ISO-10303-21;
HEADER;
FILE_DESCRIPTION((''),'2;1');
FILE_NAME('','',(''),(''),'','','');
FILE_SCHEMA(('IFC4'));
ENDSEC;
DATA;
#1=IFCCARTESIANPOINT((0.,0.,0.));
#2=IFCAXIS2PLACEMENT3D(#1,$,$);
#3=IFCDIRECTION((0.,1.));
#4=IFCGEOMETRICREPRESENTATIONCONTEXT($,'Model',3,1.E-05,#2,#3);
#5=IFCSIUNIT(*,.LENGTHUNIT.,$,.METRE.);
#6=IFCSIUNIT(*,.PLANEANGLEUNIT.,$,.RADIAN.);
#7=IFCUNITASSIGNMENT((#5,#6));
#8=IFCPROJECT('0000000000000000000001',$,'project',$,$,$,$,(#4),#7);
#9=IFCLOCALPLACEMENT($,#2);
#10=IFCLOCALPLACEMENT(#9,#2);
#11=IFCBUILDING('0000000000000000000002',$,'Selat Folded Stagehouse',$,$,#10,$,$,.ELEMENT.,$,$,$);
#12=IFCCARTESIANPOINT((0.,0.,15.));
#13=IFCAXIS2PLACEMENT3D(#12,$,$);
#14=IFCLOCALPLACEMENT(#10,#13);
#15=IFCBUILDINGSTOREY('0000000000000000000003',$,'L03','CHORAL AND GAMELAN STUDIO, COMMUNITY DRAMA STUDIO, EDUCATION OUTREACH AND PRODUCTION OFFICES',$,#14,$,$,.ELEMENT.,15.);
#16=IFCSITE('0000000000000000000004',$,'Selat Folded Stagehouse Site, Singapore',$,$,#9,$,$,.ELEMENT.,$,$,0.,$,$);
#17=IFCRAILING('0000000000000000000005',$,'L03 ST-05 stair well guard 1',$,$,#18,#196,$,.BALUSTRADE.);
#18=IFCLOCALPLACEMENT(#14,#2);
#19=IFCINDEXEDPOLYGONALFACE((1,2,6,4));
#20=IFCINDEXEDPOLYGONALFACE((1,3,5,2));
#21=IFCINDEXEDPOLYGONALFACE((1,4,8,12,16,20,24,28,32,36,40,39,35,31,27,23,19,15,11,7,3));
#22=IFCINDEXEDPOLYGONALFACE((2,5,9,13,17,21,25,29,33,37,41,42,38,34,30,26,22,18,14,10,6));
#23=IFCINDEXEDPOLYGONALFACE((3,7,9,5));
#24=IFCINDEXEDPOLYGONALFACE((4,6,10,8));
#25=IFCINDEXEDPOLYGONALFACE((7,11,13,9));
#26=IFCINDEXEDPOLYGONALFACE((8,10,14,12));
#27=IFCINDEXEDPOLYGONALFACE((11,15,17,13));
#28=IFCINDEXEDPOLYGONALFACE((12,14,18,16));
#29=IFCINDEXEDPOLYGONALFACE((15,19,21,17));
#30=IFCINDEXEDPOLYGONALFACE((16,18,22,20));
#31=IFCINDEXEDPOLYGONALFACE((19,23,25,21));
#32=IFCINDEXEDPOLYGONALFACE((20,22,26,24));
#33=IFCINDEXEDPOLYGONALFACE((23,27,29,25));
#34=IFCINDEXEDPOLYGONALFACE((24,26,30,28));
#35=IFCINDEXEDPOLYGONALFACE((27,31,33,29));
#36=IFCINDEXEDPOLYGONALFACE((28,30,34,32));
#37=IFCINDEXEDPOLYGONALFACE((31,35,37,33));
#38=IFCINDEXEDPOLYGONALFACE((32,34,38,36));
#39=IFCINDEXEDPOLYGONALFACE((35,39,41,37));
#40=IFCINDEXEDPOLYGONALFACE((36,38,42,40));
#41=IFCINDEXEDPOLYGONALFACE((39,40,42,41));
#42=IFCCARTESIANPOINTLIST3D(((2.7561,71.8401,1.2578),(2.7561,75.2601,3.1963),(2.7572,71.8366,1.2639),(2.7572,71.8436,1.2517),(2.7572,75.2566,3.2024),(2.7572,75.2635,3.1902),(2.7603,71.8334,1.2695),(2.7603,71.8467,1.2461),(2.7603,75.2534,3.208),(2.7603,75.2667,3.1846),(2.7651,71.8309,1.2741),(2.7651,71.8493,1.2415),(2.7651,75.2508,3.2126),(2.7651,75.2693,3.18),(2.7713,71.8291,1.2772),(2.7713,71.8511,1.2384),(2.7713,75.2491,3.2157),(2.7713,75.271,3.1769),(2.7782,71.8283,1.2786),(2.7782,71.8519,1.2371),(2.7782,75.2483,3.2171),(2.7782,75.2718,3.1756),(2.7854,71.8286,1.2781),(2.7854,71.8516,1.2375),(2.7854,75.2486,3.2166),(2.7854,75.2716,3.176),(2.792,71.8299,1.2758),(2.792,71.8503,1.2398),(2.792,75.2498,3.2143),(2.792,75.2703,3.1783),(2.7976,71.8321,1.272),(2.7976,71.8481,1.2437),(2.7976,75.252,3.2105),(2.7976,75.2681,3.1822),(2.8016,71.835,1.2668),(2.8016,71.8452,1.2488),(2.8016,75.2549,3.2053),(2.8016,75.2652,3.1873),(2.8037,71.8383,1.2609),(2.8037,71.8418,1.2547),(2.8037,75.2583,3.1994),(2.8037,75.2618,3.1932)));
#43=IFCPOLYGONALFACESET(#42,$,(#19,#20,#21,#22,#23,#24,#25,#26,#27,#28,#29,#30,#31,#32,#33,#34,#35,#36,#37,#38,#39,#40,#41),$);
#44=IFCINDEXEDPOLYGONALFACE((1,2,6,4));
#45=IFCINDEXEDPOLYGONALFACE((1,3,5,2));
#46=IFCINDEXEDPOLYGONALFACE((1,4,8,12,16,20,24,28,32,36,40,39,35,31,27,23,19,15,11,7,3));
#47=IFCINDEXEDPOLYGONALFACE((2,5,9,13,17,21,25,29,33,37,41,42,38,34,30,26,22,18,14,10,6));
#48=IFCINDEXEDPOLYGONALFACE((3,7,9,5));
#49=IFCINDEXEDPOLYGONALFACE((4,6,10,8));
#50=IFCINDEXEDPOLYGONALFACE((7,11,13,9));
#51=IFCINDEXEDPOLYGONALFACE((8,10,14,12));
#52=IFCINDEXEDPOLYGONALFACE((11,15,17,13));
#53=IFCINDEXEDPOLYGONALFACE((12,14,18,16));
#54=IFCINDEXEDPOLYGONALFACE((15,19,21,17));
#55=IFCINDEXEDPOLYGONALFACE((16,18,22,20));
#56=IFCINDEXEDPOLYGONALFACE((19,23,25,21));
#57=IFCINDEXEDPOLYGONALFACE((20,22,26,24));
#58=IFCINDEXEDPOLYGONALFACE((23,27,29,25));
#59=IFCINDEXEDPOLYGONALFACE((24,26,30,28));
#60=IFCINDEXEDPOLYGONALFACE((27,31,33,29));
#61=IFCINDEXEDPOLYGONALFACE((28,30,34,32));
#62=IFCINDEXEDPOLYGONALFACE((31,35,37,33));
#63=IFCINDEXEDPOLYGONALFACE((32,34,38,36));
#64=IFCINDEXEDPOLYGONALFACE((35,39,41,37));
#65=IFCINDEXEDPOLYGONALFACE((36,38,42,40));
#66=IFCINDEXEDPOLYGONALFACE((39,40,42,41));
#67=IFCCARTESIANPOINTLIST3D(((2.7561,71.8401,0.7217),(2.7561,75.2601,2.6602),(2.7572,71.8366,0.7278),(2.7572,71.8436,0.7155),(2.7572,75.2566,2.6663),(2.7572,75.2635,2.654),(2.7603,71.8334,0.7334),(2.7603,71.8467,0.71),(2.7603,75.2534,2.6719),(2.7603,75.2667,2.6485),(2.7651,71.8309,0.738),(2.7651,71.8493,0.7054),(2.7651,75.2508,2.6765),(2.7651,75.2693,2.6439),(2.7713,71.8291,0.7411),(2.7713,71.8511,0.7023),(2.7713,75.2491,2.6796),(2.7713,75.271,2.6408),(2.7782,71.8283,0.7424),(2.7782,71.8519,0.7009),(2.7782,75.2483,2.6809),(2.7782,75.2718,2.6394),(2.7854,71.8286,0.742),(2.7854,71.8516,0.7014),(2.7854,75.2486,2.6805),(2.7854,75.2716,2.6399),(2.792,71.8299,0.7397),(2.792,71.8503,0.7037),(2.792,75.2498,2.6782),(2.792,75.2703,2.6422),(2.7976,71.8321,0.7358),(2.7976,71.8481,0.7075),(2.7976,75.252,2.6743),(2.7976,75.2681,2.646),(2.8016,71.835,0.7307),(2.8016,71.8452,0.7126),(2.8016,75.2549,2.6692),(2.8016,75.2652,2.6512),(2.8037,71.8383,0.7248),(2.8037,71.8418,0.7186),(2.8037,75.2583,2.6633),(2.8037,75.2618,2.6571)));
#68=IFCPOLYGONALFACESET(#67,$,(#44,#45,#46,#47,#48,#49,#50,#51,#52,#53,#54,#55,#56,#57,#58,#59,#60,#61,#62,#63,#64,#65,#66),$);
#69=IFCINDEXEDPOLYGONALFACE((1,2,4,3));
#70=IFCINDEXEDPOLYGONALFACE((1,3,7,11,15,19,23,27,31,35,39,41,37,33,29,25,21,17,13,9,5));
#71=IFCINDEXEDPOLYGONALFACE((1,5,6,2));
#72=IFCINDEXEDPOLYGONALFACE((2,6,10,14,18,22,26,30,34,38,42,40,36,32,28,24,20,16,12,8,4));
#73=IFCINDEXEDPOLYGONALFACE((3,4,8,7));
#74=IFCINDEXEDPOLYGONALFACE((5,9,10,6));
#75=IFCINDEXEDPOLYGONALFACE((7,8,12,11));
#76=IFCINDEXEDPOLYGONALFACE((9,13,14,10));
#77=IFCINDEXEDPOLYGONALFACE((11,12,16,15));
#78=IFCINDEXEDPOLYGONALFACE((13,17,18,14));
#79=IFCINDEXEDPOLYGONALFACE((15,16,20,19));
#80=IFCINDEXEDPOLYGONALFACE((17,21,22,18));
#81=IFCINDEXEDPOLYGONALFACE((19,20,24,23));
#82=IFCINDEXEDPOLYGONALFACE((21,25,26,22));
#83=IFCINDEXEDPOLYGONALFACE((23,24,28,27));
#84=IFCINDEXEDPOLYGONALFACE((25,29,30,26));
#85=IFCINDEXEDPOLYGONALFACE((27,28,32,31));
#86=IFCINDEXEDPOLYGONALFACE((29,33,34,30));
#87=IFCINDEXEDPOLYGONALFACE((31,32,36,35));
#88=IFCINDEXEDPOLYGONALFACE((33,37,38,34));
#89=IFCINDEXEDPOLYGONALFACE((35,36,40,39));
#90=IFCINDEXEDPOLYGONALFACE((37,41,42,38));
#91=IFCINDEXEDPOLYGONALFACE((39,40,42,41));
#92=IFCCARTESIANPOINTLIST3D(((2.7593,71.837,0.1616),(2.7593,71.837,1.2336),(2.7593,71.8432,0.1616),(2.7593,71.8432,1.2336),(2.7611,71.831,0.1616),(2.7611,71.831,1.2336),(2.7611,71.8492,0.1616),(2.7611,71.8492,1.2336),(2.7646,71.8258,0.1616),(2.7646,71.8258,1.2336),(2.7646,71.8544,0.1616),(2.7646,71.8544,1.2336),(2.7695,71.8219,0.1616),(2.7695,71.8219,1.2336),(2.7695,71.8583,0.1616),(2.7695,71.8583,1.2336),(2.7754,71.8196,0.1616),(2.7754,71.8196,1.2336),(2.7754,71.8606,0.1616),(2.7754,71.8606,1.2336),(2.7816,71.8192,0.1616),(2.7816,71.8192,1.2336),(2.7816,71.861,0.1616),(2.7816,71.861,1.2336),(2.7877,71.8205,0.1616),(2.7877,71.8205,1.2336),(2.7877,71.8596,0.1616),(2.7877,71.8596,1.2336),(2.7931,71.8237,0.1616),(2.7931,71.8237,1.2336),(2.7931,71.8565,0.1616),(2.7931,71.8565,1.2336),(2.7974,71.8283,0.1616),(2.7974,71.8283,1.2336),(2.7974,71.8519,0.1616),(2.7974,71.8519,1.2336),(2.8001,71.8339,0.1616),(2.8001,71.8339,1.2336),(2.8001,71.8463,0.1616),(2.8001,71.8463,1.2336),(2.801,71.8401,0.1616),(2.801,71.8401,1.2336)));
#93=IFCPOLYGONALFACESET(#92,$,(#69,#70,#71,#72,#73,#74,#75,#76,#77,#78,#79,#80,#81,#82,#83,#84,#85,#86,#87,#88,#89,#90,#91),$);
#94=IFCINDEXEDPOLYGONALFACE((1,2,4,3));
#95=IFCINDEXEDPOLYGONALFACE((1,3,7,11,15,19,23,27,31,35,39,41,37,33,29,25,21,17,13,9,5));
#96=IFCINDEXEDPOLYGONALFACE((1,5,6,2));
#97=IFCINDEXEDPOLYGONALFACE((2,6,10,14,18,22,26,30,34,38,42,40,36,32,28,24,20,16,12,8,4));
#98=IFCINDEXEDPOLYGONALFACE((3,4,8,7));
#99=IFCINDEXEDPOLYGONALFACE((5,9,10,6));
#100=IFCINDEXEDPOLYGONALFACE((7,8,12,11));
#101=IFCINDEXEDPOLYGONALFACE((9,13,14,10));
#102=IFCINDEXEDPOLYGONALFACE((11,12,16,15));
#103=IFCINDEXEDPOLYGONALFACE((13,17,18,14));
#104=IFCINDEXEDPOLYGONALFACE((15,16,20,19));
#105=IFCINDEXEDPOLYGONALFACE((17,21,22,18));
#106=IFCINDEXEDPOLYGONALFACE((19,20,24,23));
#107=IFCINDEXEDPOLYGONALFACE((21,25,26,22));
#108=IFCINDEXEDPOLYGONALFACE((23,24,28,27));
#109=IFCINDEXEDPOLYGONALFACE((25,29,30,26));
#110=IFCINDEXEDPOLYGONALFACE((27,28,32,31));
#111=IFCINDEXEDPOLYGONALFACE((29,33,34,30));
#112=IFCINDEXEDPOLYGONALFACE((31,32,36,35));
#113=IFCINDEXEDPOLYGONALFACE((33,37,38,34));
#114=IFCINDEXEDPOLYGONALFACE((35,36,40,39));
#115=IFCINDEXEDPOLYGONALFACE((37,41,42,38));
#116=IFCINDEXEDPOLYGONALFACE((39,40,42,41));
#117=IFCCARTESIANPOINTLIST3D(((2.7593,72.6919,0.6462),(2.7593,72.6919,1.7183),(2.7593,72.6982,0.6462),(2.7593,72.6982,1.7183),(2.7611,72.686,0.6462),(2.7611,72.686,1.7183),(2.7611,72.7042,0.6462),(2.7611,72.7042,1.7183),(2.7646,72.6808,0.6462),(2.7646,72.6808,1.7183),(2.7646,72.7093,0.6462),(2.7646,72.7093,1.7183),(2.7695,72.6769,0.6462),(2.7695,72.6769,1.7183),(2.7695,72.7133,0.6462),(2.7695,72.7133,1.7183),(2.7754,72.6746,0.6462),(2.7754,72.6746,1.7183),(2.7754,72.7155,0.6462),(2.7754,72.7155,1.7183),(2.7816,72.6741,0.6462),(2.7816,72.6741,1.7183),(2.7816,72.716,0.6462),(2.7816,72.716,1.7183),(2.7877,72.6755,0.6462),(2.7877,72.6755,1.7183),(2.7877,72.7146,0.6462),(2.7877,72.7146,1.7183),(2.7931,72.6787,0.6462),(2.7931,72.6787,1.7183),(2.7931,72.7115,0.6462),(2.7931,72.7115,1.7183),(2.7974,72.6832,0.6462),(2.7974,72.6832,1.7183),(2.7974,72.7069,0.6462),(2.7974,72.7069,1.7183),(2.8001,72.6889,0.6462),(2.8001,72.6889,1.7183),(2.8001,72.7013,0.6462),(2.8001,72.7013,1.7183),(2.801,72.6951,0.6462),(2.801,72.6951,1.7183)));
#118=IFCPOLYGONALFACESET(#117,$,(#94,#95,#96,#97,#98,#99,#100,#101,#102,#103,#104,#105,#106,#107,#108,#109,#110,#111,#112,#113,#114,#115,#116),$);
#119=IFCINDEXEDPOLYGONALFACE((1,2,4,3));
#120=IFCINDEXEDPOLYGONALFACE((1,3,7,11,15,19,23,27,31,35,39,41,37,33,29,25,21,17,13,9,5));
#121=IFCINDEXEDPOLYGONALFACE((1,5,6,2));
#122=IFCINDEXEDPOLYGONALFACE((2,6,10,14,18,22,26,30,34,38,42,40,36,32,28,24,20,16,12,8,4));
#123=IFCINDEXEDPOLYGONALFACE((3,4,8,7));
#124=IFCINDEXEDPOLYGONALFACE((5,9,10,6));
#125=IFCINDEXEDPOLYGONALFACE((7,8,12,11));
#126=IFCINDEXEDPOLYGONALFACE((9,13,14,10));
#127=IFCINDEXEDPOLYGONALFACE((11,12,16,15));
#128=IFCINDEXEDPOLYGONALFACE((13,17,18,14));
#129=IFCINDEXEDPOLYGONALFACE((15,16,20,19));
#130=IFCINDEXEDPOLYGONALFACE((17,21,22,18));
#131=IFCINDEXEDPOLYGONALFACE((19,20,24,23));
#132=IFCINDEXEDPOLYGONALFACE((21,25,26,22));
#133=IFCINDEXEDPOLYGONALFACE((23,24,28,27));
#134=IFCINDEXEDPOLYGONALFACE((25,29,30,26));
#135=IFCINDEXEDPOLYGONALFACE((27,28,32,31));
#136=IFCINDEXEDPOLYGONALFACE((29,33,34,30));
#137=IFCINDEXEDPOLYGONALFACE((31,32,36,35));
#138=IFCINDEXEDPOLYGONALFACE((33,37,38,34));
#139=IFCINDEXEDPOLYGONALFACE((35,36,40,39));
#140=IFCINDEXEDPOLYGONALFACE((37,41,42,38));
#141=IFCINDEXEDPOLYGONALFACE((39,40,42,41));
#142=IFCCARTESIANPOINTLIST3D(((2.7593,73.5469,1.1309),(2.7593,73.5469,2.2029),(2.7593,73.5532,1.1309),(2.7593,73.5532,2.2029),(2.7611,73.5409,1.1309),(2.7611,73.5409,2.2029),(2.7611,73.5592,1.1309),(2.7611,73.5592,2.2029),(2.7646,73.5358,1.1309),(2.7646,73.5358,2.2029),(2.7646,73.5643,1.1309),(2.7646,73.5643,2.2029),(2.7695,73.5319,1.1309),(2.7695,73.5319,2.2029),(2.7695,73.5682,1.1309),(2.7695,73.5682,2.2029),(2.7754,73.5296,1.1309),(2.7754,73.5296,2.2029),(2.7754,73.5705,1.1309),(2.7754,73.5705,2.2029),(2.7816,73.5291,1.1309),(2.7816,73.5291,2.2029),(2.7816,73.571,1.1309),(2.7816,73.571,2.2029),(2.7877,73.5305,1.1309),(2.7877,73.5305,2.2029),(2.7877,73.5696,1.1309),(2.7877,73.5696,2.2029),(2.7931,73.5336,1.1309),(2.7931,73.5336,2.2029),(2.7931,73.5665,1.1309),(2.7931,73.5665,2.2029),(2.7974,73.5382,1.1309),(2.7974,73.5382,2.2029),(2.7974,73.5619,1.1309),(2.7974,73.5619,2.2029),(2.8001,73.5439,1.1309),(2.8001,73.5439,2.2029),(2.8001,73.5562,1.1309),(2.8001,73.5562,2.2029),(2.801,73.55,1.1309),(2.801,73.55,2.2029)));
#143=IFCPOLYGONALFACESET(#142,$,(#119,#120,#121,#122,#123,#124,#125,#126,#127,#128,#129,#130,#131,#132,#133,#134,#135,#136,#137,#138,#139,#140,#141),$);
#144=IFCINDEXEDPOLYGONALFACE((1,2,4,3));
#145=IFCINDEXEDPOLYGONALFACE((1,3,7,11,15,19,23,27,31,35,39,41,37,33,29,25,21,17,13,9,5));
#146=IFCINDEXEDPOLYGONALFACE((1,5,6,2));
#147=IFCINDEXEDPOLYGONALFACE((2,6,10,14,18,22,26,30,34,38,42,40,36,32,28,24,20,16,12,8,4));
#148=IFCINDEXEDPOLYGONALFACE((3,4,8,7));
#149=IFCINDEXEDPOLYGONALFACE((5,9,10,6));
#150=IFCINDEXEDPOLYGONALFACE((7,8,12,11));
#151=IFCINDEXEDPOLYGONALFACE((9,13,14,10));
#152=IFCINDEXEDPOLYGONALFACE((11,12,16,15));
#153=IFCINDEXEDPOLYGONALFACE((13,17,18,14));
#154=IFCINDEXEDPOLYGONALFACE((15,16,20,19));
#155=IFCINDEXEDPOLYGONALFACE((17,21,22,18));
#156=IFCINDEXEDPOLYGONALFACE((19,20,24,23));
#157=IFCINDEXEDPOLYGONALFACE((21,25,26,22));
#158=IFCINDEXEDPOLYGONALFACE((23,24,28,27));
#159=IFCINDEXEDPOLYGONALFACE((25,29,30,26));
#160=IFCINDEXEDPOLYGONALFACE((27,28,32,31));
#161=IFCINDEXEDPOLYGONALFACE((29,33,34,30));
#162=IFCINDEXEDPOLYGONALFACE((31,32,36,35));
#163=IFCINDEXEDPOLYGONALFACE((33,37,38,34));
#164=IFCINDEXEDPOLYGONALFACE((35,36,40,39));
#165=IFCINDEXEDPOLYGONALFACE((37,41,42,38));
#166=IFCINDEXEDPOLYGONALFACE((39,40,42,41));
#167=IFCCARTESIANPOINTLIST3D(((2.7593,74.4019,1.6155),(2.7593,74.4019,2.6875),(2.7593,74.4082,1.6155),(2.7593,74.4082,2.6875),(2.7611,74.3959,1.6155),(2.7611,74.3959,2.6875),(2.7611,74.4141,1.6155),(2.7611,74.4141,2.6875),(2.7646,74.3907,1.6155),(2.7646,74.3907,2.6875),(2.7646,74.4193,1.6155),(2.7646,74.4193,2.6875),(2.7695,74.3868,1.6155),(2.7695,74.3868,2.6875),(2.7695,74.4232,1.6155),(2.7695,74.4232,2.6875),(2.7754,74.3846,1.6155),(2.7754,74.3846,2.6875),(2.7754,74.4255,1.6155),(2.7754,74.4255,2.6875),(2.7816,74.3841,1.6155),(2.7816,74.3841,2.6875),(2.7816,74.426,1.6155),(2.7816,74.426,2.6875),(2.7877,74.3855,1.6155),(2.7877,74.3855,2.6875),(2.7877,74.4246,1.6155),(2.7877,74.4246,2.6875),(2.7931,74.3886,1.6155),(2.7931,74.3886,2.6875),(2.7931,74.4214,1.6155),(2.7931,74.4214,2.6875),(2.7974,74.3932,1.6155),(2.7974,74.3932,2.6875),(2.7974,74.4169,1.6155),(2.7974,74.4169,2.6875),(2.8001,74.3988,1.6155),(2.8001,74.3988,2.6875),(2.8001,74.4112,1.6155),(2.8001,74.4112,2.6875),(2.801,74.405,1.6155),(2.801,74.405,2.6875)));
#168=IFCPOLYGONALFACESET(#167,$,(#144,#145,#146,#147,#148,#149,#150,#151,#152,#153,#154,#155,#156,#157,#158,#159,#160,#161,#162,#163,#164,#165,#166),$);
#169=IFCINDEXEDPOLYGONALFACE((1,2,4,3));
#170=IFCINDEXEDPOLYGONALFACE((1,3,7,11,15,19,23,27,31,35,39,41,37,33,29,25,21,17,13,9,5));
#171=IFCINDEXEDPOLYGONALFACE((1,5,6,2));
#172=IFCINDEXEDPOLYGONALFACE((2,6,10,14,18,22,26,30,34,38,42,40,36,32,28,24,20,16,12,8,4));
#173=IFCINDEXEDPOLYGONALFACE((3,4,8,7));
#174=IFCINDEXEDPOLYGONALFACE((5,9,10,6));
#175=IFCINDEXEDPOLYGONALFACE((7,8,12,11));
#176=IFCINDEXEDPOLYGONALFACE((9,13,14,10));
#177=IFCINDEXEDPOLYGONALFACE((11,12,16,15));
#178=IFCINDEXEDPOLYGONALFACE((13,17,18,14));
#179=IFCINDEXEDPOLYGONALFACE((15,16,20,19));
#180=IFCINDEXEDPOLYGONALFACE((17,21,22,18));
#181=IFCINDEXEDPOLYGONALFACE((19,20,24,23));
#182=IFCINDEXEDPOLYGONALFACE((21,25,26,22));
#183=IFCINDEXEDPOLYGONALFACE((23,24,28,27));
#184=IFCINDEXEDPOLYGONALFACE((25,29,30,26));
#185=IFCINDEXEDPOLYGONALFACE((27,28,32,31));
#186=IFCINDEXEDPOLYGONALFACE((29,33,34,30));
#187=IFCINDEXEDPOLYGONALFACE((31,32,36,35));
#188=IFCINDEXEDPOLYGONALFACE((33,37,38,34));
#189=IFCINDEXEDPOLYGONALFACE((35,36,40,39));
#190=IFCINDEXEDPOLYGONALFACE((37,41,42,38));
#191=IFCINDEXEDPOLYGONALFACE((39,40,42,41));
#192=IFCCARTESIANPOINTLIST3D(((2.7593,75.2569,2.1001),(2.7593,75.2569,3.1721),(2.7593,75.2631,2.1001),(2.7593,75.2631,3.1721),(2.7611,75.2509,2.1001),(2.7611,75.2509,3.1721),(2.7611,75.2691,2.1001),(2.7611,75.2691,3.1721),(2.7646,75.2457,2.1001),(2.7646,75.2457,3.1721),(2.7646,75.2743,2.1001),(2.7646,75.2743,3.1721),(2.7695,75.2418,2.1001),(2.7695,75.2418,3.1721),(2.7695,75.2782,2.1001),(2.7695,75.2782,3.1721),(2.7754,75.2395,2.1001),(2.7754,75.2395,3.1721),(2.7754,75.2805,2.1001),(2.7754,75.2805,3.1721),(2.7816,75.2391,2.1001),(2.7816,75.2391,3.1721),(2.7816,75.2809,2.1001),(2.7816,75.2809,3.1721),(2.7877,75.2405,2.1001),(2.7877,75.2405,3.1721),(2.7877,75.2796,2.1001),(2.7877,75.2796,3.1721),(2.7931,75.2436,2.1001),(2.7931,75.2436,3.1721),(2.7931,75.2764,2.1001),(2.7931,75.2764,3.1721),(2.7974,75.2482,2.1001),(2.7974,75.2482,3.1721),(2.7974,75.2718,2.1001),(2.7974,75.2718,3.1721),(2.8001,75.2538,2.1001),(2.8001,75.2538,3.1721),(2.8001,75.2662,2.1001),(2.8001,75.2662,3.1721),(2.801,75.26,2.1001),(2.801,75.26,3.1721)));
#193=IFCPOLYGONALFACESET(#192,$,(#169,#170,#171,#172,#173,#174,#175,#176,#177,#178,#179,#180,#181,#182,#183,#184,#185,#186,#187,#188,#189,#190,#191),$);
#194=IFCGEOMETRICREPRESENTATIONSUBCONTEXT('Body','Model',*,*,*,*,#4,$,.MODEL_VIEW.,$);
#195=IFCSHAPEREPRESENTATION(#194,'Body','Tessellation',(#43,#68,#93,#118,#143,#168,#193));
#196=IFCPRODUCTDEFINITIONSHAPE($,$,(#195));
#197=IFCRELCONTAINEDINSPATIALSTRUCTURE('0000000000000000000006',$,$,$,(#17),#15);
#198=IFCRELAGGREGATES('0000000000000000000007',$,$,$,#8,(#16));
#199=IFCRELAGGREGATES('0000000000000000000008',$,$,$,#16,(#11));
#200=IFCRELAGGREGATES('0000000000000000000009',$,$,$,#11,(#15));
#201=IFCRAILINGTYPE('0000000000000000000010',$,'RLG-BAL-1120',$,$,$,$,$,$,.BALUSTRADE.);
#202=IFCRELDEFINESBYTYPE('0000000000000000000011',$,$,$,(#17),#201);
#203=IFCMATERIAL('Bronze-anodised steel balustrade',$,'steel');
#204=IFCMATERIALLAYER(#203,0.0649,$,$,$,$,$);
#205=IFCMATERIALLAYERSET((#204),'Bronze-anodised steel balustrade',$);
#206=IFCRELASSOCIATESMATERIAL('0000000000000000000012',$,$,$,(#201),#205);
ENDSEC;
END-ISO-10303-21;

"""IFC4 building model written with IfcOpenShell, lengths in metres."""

from ifc_helpers import new_model, si_unit, direction, frame, origin, origin_2d, place, context, subcontext, project, spatial, circle, extrude, material, layer, layer_set, type_object, element, save


model = new_model("IFC4")

# Units and contexts
model_context = context("Model", 3, precision=1e-05, world=origin(), true_north=direction((0.0, 1.0)))
body_context = subcontext(model_context, "Body", "Model", "MODEL_VIEW")
ifc_project = project(units=[si_unit("LENGTHUNIT", "METRE"), si_unit("PLANEANGLEUNIT", "RADIAN")], contexts=[model_context])

# Site, building, storey
site_placement = place(None, origin())
site = spatial("IfcSite", under=ifc_project, at=site_placement, Name="Selat Folded Stagehouse Site, Singapore", CompositionType="ELEMENT", RefElevation=0.0)
building_placement = place(site_placement, origin())
building = spatial("IfcBuilding", under=site, at=building_placement, Name="Selat Folded Stagehouse", CompositionType="ELEMENT")
storey_placement = place(building_placement, frame((0.0, 0.0, 15.0)))
storey = spatial("IfcBuildingStorey", under=building, at=storey_placement, Name="L03", Description="CHORAL AND GAMELAN STUDIO, COMMUNITY DRAMA STUDIO, EDUCATION OUTREACH AND PRODUCTION OFFICES", CompositionType="ELEMENT", Elevation=15.0)

# Railing
ifc_material_1 = material(Name="Bronze-anodised steel balustrade", Category="steel")
ifc_layer_1 = layer(ifc_material_1, 0.0649)
ifc_layer_set_1 = layer_set([ifc_layer_1], Name="Bronze-anodised steel balustrade")
railing_type_1 = type_object("IfcRailingType", Name="RLG-BAL-1120", PredefinedType="BALUSTRADE", material=ifc_layer_set_1)
railing_1_placement = place(storey_placement, frame((2.78, 71.8401, 0.1616)))
element("IfcRailing", 1, at=railing_1_placement, inside=storey, type_object=railing_type_1, Name="L03 ST-05 stair well guard 1", PredefinedType="BALUSTRADE", context=body_context, shape_type="SweptSolid", body=[
    extrude(circle(Radius=0.0239, at=origin_2d()), frame((0.0, 0.0, 1.0962), z_axis=(0.0, 0.869965, 0.493113), x_axis=(-1.0, 0.0, 0.0)), (0.0, 0.0, 1.0), 3.9312),
    extrude(circle(Radius=0.0239, at=origin_2d()), frame((0.0, 0.0, 0.5601), z_axis=(0.0, 0.869965, 0.493113), x_axis=(-1.0, 0.0, 0.0)), (0.0, 0.0, 1.0), 3.9312),
    extrude(circle(Radius=0.021, at=origin_2d()), origin(), (0.0, 0.0, 1.0), 1.072),
    extrude(circle(Radius=0.021, at=origin_2d()), frame((0.0, 0.855, 0.4846)), (0.0, 0.0, 1.0), 1.072),
    extrude(circle(Radius=0.021, at=origin_2d()), frame((0.0, 1.71, 0.9692)), (0.0, 0.0, 1.0), 1.072),
    extrude(circle(Radius=0.021, at=origin_2d()), frame((0.0, 2.5649, 1.4539)), (0.0, 0.0, 1.0), 1.072),
    extrude(circle(Radius=0.021, at=origin_2d()), frame((0.0, 3.4199, 1.9385)), (0.0, 0.0, 1.0), 1.072),
])

save(model, "model.ifc")
